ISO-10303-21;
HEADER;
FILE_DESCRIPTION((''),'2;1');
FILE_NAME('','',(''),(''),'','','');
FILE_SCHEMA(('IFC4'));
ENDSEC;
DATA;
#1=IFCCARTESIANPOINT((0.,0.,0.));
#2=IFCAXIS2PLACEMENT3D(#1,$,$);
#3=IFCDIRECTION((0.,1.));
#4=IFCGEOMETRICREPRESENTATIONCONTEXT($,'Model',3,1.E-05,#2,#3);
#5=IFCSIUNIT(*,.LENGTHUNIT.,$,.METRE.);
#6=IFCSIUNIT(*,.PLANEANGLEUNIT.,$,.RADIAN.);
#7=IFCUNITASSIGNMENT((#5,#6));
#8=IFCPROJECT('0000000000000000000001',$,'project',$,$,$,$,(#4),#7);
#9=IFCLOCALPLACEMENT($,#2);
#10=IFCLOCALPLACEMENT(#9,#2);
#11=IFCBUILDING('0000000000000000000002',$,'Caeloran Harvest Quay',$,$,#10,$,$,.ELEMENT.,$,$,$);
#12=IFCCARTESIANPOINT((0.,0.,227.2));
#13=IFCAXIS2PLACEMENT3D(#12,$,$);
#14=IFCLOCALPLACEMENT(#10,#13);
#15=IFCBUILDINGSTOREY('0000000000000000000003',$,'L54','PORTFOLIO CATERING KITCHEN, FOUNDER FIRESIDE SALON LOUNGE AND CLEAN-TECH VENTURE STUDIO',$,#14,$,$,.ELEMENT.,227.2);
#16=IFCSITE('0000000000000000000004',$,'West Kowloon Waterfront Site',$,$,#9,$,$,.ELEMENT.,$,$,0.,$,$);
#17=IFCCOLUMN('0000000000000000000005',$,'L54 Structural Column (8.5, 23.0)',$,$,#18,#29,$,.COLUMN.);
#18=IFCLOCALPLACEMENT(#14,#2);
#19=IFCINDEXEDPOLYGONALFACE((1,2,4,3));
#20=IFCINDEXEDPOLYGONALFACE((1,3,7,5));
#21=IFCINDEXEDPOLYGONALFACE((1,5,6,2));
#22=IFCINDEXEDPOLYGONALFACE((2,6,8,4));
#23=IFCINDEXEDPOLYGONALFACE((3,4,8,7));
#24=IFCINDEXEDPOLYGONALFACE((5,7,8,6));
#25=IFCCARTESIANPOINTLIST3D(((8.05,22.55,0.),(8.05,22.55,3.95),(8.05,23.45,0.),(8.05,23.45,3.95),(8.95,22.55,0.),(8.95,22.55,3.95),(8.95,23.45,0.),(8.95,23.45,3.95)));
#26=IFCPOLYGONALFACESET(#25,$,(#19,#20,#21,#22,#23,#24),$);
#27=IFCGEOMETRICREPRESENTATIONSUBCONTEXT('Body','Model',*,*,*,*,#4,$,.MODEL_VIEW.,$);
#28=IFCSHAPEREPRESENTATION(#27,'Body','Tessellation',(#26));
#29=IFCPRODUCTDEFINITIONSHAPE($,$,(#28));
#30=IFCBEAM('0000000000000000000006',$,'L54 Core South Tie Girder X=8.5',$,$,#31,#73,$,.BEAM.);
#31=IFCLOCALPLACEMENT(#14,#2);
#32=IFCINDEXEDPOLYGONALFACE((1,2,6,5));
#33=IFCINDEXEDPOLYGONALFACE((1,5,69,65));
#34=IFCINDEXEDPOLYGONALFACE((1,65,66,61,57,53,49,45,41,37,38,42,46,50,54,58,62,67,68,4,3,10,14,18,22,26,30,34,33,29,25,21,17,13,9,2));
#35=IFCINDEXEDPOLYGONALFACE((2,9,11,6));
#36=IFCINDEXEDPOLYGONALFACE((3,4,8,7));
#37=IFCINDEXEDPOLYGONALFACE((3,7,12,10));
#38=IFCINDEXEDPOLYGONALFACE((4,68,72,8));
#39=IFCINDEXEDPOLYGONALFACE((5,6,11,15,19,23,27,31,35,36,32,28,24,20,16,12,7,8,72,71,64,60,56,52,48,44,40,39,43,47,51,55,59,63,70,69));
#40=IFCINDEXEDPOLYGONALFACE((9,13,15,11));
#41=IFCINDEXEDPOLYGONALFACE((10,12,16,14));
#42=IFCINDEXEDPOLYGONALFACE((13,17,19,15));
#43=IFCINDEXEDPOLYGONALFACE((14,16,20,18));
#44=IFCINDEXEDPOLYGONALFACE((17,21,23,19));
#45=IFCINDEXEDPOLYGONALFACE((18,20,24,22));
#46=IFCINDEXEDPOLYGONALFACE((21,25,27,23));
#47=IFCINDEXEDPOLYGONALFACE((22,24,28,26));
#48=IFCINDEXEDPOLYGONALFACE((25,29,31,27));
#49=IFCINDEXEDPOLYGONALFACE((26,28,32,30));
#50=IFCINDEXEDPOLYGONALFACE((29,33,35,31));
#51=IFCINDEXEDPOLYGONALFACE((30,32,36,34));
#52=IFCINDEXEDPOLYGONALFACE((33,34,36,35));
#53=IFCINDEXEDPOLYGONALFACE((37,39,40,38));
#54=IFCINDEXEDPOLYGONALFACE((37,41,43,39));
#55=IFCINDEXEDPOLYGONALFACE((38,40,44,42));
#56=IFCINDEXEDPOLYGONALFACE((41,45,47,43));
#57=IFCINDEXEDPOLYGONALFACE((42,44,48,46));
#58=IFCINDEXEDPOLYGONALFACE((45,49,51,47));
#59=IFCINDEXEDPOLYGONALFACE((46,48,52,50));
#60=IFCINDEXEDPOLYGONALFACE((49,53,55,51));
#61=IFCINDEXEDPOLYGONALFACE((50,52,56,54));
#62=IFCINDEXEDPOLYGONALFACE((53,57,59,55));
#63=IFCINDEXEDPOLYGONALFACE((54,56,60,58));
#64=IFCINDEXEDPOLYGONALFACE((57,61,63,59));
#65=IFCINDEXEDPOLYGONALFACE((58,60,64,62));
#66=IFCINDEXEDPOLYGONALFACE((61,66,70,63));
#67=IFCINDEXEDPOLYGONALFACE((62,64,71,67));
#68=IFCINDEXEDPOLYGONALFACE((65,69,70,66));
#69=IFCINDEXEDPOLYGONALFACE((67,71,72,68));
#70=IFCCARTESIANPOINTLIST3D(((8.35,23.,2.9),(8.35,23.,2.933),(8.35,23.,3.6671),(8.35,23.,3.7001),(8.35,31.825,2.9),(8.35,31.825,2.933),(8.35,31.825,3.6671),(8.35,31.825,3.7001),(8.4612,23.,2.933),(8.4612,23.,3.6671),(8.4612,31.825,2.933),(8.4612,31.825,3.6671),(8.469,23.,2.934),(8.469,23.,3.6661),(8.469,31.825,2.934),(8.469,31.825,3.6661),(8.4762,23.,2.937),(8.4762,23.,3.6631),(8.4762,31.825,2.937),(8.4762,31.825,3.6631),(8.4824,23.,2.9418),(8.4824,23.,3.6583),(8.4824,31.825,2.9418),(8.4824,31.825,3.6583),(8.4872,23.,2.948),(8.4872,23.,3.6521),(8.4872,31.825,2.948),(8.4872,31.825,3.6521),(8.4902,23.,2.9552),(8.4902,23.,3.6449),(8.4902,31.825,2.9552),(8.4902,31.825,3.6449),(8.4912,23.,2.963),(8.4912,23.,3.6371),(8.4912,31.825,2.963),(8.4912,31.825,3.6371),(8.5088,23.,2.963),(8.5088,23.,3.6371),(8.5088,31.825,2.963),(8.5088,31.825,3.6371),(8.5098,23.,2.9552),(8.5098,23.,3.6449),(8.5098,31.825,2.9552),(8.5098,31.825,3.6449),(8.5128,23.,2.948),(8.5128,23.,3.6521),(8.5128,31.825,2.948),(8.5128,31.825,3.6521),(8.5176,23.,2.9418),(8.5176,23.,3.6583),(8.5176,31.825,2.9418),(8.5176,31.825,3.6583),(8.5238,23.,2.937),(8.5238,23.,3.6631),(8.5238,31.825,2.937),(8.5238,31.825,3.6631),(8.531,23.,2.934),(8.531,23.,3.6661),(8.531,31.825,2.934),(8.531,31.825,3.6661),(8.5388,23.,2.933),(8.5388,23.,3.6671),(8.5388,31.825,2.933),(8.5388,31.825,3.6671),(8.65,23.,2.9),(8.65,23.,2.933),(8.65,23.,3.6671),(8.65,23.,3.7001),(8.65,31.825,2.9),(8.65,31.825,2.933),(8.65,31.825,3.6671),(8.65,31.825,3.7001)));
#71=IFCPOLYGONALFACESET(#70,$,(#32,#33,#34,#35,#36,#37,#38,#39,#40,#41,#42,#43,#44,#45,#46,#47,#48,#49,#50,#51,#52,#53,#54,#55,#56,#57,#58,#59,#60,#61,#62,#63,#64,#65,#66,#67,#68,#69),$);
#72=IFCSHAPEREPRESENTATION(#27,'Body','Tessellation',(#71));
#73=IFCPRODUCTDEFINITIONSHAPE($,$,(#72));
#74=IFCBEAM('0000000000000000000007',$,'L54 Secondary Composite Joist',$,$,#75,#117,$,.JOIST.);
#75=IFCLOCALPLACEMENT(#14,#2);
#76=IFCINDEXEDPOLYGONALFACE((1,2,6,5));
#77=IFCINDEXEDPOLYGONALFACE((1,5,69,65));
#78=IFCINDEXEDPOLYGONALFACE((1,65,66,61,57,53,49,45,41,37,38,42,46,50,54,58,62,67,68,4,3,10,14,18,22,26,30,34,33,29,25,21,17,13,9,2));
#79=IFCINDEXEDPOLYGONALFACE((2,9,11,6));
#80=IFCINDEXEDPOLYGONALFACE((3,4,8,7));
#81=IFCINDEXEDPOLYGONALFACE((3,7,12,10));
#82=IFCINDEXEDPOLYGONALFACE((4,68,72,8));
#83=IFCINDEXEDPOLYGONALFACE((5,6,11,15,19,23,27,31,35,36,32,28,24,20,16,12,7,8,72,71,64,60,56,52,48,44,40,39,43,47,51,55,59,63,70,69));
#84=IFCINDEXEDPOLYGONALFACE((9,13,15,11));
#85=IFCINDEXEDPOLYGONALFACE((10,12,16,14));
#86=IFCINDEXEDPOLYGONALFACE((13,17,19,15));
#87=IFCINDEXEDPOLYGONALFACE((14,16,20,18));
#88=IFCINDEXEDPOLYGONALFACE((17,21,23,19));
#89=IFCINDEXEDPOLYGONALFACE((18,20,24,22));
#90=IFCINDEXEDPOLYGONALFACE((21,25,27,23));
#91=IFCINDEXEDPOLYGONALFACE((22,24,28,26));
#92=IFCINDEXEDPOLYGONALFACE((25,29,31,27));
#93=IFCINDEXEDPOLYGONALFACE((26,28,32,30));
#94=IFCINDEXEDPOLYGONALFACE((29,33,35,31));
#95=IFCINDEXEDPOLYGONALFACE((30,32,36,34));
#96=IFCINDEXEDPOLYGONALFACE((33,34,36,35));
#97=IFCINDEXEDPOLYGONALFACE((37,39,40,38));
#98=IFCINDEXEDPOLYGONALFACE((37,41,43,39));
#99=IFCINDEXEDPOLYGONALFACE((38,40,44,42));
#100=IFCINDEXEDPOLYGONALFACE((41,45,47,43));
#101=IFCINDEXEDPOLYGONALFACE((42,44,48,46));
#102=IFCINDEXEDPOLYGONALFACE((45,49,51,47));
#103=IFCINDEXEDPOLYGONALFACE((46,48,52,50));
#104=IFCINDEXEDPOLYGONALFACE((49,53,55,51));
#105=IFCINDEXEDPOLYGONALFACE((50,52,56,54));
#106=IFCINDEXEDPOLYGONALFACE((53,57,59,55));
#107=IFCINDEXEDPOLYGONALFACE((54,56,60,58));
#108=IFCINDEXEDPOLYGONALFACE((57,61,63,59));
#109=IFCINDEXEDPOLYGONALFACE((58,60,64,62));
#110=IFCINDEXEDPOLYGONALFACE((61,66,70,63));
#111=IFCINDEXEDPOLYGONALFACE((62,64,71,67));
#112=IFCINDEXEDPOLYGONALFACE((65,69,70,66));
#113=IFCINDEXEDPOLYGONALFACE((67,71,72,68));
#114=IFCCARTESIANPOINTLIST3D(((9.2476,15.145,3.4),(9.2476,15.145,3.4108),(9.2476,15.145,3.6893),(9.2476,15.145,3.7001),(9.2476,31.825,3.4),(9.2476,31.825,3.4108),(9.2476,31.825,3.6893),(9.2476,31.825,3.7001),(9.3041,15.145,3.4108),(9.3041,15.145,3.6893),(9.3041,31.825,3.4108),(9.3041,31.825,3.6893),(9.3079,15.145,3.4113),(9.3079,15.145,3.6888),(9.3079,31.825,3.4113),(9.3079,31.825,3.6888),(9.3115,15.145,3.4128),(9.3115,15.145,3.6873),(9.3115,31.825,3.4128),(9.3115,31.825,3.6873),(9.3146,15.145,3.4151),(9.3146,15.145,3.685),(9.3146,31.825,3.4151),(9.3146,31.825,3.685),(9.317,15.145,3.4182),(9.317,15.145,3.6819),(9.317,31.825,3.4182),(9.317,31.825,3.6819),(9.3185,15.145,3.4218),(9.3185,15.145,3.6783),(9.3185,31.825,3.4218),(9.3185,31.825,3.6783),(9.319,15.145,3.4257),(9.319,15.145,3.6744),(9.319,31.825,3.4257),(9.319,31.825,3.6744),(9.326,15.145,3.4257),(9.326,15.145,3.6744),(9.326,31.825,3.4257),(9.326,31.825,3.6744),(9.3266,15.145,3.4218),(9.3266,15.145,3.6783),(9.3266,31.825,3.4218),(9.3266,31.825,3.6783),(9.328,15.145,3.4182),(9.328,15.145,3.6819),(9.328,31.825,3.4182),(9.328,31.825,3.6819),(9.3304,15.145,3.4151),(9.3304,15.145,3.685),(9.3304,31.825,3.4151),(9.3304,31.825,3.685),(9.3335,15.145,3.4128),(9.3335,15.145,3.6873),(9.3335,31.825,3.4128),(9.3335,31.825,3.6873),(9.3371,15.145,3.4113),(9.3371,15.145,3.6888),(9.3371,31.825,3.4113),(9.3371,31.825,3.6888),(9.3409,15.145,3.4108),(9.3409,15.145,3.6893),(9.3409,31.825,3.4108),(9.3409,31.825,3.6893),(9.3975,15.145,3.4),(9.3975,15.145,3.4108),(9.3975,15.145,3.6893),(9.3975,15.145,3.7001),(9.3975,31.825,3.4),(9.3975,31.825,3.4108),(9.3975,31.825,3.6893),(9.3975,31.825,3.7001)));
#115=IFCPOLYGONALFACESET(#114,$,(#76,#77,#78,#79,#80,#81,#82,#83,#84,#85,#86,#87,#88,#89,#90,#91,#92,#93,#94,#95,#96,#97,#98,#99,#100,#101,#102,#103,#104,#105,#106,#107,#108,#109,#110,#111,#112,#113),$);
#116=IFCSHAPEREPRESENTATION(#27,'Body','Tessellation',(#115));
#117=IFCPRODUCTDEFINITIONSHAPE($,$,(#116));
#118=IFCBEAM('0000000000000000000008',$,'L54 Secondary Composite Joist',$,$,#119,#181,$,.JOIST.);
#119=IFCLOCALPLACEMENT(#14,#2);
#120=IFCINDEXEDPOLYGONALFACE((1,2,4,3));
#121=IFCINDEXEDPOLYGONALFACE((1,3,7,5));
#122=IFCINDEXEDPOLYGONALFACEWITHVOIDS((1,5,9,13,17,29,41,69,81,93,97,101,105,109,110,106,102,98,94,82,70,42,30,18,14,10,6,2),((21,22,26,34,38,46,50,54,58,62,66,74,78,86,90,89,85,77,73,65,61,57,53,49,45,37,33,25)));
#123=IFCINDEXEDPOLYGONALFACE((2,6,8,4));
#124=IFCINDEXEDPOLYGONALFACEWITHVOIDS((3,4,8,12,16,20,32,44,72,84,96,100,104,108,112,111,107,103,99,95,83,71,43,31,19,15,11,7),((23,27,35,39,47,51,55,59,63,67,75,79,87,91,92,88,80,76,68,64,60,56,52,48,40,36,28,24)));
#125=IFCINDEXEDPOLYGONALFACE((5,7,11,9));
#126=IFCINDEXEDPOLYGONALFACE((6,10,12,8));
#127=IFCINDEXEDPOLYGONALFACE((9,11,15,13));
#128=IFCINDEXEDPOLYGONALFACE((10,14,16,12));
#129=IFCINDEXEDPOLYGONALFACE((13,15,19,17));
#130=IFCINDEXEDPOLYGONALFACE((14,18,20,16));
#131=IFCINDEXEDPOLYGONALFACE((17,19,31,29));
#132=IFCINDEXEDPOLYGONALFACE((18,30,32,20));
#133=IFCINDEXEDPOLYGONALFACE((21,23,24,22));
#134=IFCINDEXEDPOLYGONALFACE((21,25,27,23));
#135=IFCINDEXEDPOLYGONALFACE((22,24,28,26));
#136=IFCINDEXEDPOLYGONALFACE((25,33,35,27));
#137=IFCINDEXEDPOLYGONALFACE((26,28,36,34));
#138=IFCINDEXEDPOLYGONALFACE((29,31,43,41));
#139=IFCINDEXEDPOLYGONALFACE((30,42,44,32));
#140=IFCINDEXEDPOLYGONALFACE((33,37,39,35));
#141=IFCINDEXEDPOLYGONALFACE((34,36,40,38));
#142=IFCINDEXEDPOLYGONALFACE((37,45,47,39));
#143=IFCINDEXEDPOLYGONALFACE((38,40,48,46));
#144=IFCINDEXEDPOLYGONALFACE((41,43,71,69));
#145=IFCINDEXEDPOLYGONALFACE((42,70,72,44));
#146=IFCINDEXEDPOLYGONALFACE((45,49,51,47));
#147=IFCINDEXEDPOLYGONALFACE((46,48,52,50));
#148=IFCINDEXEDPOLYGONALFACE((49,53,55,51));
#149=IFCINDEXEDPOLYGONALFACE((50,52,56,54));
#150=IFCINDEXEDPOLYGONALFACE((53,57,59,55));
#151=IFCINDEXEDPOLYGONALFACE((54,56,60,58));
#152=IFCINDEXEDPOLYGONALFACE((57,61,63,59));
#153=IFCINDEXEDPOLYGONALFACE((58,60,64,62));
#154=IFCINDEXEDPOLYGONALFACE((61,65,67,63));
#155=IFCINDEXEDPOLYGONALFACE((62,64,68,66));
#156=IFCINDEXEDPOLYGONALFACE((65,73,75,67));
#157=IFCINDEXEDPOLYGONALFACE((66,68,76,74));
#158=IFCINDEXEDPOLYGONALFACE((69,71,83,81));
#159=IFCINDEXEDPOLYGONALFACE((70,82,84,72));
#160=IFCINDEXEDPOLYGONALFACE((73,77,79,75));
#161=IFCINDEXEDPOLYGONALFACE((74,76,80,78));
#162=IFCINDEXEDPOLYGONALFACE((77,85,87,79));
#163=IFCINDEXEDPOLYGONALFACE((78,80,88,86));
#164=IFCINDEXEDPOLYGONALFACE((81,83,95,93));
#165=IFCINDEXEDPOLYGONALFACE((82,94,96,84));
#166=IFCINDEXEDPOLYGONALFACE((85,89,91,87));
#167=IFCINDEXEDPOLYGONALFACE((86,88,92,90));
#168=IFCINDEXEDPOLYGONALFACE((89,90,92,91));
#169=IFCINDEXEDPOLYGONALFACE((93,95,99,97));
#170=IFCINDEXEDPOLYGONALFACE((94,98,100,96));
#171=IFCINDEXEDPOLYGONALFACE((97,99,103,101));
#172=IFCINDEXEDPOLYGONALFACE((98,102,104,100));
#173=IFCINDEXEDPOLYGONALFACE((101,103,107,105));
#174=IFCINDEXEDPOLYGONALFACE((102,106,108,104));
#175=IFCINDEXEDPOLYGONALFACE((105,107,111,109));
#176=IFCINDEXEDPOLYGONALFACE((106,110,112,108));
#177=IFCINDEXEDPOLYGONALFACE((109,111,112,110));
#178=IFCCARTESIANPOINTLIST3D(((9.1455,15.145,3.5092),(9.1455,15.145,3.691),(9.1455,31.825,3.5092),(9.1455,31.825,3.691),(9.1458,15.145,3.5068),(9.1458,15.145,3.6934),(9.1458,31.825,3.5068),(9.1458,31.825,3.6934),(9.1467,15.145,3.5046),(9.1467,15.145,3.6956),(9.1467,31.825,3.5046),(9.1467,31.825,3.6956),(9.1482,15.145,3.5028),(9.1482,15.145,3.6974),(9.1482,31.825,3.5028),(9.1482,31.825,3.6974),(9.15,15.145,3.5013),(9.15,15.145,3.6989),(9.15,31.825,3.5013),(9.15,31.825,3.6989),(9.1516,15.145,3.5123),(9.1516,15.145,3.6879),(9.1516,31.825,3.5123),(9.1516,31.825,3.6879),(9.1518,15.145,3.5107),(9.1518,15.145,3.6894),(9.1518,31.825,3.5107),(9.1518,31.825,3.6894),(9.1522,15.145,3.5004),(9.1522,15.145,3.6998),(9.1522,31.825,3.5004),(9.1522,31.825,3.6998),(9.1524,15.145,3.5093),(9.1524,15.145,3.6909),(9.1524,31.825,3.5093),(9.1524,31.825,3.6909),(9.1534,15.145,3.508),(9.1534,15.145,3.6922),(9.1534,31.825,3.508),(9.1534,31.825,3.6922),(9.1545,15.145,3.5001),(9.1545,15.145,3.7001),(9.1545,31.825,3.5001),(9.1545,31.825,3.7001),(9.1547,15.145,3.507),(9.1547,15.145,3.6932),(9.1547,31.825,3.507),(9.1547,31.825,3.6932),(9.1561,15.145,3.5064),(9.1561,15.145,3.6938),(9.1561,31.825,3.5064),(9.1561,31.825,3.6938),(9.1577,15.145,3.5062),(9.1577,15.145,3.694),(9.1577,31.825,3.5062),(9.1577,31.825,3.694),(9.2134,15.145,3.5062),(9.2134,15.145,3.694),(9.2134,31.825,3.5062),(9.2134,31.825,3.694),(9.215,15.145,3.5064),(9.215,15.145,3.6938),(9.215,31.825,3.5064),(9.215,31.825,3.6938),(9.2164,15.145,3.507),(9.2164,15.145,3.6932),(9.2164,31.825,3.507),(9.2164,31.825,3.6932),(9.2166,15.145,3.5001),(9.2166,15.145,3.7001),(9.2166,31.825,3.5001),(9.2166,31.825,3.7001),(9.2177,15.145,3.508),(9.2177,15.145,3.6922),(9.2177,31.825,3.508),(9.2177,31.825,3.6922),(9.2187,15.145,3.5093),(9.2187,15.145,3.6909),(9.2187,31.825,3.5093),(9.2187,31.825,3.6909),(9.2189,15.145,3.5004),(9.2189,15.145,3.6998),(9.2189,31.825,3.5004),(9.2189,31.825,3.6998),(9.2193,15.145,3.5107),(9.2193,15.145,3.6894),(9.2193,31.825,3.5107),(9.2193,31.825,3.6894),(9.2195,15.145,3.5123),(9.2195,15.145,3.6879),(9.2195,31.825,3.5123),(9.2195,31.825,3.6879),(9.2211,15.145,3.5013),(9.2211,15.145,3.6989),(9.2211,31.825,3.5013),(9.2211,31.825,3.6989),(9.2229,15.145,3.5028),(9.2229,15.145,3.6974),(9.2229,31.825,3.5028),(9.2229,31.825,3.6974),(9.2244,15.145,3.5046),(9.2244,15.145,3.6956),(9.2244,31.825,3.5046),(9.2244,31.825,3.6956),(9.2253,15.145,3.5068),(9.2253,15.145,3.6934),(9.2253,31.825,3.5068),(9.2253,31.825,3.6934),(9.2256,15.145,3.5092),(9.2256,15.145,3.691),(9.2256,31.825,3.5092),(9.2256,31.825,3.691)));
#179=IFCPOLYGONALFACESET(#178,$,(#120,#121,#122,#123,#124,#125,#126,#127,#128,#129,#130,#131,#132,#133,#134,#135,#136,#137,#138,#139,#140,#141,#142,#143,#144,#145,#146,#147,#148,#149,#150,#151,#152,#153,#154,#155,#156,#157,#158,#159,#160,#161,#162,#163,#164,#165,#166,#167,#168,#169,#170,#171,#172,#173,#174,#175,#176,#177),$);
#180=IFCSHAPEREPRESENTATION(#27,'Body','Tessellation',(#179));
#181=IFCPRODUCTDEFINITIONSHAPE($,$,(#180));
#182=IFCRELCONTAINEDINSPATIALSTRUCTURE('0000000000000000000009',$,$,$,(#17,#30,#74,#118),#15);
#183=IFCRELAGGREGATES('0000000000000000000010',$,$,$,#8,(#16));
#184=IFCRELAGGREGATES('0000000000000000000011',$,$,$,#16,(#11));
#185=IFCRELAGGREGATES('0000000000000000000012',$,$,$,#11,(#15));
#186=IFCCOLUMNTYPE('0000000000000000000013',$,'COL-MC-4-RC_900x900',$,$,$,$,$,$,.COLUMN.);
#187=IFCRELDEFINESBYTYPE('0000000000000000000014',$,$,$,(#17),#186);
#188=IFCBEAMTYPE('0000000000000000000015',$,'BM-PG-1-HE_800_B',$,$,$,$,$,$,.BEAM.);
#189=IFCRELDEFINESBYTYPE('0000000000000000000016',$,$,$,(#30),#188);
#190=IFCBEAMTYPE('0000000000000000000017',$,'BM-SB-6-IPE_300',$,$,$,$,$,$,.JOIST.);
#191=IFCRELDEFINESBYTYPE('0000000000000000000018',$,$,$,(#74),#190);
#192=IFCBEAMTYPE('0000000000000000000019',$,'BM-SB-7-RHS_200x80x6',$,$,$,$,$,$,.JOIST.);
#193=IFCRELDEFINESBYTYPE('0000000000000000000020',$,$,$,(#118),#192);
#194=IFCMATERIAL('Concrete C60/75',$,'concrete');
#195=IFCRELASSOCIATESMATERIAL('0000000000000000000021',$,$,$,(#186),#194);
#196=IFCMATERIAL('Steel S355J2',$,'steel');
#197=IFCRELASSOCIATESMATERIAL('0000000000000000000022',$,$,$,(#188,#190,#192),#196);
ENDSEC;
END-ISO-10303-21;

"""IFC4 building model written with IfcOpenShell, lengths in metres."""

from ifc_helpers import new_model, si_unit, direction, frame, origin, origin_2d, place, context, subcontext, project, spatial, rectangle, hollow_rectangle, i_section, extrude, material, material_profile, profile_set, type_object, element, save


model = new_model("IFC4")

# Units and contexts
model_context = context("Model", 3, precision=1e-05, world=origin(), true_north=direction((0.0, 1.0)))
body_context = subcontext(model_context, "Body", "Model", "MODEL_VIEW")
ifc_project = project(units=[si_unit("LENGTHUNIT", "METRE"), si_unit("PLANEANGLEUNIT", "RADIAN")], contexts=[model_context])

# Site, building, storey
site_placement = place(None, origin())
site = spatial("IfcSite", under=ifc_project, at=site_placement, Name="West Kowloon Waterfront Site", CompositionType="ELEMENT", RefElevation=0.0)
building_placement = place(site_placement, origin())
building = spatial("IfcBuilding", under=site, at=building_placement, Name="Caeloran Harvest Quay", CompositionType="ELEMENT")
storey_placement = place(building_placement, frame((0.0, 0.0, 227.2)))
storey = spatial("IfcBuildingStorey", under=building, at=storey_placement, Name="L54", Description="PORTFOLIO CATERING KITCHEN, FOUNDER FIRESIDE SALON LOUNGE AND CLEAN-TECH VENTURE STUDIO", CompositionType="ELEMENT", Elevation=227.2)

# Column
ifc_material_1 = material(Name="Concrete C60/75", Category="concrete")
ifc_material_profile_1 = material_profile(ifc_material_1, rectangle(XDim=0.8999, YDim=0.8999, at=origin_2d()), Name="RC 900x900")
ifc_profile_set_1 = profile_set([ifc_material_profile_1], Name="Concrete C60/75")
column_type = type_object("IfcColumnType", Name="COL-MC-4-RC_900x900", PredefinedType="COLUMN", material=ifc_profile_set_1)
column_placement = place(storey_placement, frame((8.5, 23.0, 0.0), z_axis=(0.0, 0.0, 1.0), x_axis=(1.0, 0.0, 0.0)))
element("IfcColumn", 1, at=column_placement, inside=storey, type_object=column_type, Name="L54 Structural Column (8.5, 23.0)", PredefinedType="COLUMN", context=body_context, shape_type="SweptSolid", body=[
    extrude(rectangle(XDim=0.8999, YDim=0.8999, at=origin_2d()), origin(), (0.0, 0.0, 1.0), 3.95),
])

# Beams
ifc_material_2 = material(Name="Steel S355J2", Category="steel")
ifc_material_profile_2 = material_profile(ifc_material_2, i_section(OverallWidth=0.3, OverallDepth=0.8, WebThickness=0.0176, FlangeThickness=0.033, FilletRadius=0.03, at=origin_2d()), Name="HE 800 B")
ifc_profile_set_2 = profile_set([ifc_material_profile_2], Name="Steel S355J2")
beam_type_1 = type_object("IfcBeamType", Name="BM-PG-1-HE_800_B", PredefinedType="BEAM", material=ifc_profile_set_2)
beam_1_placement = place(storey_placement, frame((8.5, 23.0, 3.3), z_axis=(0.0, 1.0, 0.0), x_axis=(-1.0, 0.0, 0.0)))
element("IfcBeam", 2, at=beam_1_placement, inside=storey, type_object=beam_type_1, Name="L54 Core South Tie Girder X=8.5", PredefinedType="BEAM", context=body_context, shape_type="SweptSolid", body=[
    extrude(i_section(OverallWidth=0.3, OverallDepth=0.8, WebThickness=0.0176, FlangeThickness=0.033, FilletRadius=0.03, at=origin_2d()), origin(), (0.0, 0.0, 1.0), 8.825),
])
ifc_material_profile_3 = material_profile(ifc_material_2, i_section(OverallWidth=0.1499, OverallDepth=0.3, WebThickness=0.0071, FlangeThickness=0.0107, FilletRadius=0.0149, at=origin_2d()), Name="IPE 300")
ifc_profile_set_3 = profile_set([ifc_material_profile_3], Name="Steel S355J2")
beam_type_2 = type_object("IfcBeamType", Name="BM-SB-6-IPE_300", PredefinedType="JOIST", material=ifc_profile_set_3)
beam_2_placement = place(storey_placement, frame((9.3225, 15.145, 3.55), z_axis=(0.0, 1.0, 0.0), x_axis=(-1.0, 0.0, 0.0)))
element("IfcBeam", 3, at=beam_2_placement, inside=storey, type_object=beam_type_2, Name="L54 Secondary Composite Joist", PredefinedType="JOIST", context=body_context, shape_type="SweptSolid", body=[
    extrude(i_section(OverallWidth=0.1499, OverallDepth=0.3, WebThickness=0.0071, FlangeThickness=0.0107, FilletRadius=0.0149, at=origin_2d()), origin(), (0.0, 0.0, 1.0), 16.6799),
])
ifc_material_profile_4 = material_profile(ifc_material_2, hollow_rectangle(XDim=0.0801, YDim=0.2, WallThickness=0.0061, InnerFilletRadius=0.0061, OuterFilletRadius=0.009, at=origin_2d()), Name="RHS 200x80x6")
ifc_profile_set_4 = profile_set([ifc_material_profile_4], Name="Steel S355J2")
beam_type_3 = type_object("IfcBeamType", Name="BM-SB-7-RHS_200x80x6", PredefinedType="JOIST", material=ifc_profile_set_4)
beam_3_placement = place(storey_placement, frame((9.1855, 15.145, 3.6001), z_axis=(0.0, 1.0, 0.0), x_axis=(-1.0, 0.0, 0.0)))
element("IfcBeam", 4, at=beam_3_placement, inside=storey, type_object=beam_type_3, Name="L54 Secondary Composite Joist", PredefinedType="JOIST", context=body_context, shape_type="SweptSolid", body=[
    extrude(hollow_rectangle(XDim=0.0801, YDim=0.2, WallThickness=0.0061, InnerFilletRadius=0.0061, OuterFilletRadius=0.009, at=origin_2d()), origin(), (0.0, 0.0, 1.0), 16.6799),
])

save(model, "model.ifc")
